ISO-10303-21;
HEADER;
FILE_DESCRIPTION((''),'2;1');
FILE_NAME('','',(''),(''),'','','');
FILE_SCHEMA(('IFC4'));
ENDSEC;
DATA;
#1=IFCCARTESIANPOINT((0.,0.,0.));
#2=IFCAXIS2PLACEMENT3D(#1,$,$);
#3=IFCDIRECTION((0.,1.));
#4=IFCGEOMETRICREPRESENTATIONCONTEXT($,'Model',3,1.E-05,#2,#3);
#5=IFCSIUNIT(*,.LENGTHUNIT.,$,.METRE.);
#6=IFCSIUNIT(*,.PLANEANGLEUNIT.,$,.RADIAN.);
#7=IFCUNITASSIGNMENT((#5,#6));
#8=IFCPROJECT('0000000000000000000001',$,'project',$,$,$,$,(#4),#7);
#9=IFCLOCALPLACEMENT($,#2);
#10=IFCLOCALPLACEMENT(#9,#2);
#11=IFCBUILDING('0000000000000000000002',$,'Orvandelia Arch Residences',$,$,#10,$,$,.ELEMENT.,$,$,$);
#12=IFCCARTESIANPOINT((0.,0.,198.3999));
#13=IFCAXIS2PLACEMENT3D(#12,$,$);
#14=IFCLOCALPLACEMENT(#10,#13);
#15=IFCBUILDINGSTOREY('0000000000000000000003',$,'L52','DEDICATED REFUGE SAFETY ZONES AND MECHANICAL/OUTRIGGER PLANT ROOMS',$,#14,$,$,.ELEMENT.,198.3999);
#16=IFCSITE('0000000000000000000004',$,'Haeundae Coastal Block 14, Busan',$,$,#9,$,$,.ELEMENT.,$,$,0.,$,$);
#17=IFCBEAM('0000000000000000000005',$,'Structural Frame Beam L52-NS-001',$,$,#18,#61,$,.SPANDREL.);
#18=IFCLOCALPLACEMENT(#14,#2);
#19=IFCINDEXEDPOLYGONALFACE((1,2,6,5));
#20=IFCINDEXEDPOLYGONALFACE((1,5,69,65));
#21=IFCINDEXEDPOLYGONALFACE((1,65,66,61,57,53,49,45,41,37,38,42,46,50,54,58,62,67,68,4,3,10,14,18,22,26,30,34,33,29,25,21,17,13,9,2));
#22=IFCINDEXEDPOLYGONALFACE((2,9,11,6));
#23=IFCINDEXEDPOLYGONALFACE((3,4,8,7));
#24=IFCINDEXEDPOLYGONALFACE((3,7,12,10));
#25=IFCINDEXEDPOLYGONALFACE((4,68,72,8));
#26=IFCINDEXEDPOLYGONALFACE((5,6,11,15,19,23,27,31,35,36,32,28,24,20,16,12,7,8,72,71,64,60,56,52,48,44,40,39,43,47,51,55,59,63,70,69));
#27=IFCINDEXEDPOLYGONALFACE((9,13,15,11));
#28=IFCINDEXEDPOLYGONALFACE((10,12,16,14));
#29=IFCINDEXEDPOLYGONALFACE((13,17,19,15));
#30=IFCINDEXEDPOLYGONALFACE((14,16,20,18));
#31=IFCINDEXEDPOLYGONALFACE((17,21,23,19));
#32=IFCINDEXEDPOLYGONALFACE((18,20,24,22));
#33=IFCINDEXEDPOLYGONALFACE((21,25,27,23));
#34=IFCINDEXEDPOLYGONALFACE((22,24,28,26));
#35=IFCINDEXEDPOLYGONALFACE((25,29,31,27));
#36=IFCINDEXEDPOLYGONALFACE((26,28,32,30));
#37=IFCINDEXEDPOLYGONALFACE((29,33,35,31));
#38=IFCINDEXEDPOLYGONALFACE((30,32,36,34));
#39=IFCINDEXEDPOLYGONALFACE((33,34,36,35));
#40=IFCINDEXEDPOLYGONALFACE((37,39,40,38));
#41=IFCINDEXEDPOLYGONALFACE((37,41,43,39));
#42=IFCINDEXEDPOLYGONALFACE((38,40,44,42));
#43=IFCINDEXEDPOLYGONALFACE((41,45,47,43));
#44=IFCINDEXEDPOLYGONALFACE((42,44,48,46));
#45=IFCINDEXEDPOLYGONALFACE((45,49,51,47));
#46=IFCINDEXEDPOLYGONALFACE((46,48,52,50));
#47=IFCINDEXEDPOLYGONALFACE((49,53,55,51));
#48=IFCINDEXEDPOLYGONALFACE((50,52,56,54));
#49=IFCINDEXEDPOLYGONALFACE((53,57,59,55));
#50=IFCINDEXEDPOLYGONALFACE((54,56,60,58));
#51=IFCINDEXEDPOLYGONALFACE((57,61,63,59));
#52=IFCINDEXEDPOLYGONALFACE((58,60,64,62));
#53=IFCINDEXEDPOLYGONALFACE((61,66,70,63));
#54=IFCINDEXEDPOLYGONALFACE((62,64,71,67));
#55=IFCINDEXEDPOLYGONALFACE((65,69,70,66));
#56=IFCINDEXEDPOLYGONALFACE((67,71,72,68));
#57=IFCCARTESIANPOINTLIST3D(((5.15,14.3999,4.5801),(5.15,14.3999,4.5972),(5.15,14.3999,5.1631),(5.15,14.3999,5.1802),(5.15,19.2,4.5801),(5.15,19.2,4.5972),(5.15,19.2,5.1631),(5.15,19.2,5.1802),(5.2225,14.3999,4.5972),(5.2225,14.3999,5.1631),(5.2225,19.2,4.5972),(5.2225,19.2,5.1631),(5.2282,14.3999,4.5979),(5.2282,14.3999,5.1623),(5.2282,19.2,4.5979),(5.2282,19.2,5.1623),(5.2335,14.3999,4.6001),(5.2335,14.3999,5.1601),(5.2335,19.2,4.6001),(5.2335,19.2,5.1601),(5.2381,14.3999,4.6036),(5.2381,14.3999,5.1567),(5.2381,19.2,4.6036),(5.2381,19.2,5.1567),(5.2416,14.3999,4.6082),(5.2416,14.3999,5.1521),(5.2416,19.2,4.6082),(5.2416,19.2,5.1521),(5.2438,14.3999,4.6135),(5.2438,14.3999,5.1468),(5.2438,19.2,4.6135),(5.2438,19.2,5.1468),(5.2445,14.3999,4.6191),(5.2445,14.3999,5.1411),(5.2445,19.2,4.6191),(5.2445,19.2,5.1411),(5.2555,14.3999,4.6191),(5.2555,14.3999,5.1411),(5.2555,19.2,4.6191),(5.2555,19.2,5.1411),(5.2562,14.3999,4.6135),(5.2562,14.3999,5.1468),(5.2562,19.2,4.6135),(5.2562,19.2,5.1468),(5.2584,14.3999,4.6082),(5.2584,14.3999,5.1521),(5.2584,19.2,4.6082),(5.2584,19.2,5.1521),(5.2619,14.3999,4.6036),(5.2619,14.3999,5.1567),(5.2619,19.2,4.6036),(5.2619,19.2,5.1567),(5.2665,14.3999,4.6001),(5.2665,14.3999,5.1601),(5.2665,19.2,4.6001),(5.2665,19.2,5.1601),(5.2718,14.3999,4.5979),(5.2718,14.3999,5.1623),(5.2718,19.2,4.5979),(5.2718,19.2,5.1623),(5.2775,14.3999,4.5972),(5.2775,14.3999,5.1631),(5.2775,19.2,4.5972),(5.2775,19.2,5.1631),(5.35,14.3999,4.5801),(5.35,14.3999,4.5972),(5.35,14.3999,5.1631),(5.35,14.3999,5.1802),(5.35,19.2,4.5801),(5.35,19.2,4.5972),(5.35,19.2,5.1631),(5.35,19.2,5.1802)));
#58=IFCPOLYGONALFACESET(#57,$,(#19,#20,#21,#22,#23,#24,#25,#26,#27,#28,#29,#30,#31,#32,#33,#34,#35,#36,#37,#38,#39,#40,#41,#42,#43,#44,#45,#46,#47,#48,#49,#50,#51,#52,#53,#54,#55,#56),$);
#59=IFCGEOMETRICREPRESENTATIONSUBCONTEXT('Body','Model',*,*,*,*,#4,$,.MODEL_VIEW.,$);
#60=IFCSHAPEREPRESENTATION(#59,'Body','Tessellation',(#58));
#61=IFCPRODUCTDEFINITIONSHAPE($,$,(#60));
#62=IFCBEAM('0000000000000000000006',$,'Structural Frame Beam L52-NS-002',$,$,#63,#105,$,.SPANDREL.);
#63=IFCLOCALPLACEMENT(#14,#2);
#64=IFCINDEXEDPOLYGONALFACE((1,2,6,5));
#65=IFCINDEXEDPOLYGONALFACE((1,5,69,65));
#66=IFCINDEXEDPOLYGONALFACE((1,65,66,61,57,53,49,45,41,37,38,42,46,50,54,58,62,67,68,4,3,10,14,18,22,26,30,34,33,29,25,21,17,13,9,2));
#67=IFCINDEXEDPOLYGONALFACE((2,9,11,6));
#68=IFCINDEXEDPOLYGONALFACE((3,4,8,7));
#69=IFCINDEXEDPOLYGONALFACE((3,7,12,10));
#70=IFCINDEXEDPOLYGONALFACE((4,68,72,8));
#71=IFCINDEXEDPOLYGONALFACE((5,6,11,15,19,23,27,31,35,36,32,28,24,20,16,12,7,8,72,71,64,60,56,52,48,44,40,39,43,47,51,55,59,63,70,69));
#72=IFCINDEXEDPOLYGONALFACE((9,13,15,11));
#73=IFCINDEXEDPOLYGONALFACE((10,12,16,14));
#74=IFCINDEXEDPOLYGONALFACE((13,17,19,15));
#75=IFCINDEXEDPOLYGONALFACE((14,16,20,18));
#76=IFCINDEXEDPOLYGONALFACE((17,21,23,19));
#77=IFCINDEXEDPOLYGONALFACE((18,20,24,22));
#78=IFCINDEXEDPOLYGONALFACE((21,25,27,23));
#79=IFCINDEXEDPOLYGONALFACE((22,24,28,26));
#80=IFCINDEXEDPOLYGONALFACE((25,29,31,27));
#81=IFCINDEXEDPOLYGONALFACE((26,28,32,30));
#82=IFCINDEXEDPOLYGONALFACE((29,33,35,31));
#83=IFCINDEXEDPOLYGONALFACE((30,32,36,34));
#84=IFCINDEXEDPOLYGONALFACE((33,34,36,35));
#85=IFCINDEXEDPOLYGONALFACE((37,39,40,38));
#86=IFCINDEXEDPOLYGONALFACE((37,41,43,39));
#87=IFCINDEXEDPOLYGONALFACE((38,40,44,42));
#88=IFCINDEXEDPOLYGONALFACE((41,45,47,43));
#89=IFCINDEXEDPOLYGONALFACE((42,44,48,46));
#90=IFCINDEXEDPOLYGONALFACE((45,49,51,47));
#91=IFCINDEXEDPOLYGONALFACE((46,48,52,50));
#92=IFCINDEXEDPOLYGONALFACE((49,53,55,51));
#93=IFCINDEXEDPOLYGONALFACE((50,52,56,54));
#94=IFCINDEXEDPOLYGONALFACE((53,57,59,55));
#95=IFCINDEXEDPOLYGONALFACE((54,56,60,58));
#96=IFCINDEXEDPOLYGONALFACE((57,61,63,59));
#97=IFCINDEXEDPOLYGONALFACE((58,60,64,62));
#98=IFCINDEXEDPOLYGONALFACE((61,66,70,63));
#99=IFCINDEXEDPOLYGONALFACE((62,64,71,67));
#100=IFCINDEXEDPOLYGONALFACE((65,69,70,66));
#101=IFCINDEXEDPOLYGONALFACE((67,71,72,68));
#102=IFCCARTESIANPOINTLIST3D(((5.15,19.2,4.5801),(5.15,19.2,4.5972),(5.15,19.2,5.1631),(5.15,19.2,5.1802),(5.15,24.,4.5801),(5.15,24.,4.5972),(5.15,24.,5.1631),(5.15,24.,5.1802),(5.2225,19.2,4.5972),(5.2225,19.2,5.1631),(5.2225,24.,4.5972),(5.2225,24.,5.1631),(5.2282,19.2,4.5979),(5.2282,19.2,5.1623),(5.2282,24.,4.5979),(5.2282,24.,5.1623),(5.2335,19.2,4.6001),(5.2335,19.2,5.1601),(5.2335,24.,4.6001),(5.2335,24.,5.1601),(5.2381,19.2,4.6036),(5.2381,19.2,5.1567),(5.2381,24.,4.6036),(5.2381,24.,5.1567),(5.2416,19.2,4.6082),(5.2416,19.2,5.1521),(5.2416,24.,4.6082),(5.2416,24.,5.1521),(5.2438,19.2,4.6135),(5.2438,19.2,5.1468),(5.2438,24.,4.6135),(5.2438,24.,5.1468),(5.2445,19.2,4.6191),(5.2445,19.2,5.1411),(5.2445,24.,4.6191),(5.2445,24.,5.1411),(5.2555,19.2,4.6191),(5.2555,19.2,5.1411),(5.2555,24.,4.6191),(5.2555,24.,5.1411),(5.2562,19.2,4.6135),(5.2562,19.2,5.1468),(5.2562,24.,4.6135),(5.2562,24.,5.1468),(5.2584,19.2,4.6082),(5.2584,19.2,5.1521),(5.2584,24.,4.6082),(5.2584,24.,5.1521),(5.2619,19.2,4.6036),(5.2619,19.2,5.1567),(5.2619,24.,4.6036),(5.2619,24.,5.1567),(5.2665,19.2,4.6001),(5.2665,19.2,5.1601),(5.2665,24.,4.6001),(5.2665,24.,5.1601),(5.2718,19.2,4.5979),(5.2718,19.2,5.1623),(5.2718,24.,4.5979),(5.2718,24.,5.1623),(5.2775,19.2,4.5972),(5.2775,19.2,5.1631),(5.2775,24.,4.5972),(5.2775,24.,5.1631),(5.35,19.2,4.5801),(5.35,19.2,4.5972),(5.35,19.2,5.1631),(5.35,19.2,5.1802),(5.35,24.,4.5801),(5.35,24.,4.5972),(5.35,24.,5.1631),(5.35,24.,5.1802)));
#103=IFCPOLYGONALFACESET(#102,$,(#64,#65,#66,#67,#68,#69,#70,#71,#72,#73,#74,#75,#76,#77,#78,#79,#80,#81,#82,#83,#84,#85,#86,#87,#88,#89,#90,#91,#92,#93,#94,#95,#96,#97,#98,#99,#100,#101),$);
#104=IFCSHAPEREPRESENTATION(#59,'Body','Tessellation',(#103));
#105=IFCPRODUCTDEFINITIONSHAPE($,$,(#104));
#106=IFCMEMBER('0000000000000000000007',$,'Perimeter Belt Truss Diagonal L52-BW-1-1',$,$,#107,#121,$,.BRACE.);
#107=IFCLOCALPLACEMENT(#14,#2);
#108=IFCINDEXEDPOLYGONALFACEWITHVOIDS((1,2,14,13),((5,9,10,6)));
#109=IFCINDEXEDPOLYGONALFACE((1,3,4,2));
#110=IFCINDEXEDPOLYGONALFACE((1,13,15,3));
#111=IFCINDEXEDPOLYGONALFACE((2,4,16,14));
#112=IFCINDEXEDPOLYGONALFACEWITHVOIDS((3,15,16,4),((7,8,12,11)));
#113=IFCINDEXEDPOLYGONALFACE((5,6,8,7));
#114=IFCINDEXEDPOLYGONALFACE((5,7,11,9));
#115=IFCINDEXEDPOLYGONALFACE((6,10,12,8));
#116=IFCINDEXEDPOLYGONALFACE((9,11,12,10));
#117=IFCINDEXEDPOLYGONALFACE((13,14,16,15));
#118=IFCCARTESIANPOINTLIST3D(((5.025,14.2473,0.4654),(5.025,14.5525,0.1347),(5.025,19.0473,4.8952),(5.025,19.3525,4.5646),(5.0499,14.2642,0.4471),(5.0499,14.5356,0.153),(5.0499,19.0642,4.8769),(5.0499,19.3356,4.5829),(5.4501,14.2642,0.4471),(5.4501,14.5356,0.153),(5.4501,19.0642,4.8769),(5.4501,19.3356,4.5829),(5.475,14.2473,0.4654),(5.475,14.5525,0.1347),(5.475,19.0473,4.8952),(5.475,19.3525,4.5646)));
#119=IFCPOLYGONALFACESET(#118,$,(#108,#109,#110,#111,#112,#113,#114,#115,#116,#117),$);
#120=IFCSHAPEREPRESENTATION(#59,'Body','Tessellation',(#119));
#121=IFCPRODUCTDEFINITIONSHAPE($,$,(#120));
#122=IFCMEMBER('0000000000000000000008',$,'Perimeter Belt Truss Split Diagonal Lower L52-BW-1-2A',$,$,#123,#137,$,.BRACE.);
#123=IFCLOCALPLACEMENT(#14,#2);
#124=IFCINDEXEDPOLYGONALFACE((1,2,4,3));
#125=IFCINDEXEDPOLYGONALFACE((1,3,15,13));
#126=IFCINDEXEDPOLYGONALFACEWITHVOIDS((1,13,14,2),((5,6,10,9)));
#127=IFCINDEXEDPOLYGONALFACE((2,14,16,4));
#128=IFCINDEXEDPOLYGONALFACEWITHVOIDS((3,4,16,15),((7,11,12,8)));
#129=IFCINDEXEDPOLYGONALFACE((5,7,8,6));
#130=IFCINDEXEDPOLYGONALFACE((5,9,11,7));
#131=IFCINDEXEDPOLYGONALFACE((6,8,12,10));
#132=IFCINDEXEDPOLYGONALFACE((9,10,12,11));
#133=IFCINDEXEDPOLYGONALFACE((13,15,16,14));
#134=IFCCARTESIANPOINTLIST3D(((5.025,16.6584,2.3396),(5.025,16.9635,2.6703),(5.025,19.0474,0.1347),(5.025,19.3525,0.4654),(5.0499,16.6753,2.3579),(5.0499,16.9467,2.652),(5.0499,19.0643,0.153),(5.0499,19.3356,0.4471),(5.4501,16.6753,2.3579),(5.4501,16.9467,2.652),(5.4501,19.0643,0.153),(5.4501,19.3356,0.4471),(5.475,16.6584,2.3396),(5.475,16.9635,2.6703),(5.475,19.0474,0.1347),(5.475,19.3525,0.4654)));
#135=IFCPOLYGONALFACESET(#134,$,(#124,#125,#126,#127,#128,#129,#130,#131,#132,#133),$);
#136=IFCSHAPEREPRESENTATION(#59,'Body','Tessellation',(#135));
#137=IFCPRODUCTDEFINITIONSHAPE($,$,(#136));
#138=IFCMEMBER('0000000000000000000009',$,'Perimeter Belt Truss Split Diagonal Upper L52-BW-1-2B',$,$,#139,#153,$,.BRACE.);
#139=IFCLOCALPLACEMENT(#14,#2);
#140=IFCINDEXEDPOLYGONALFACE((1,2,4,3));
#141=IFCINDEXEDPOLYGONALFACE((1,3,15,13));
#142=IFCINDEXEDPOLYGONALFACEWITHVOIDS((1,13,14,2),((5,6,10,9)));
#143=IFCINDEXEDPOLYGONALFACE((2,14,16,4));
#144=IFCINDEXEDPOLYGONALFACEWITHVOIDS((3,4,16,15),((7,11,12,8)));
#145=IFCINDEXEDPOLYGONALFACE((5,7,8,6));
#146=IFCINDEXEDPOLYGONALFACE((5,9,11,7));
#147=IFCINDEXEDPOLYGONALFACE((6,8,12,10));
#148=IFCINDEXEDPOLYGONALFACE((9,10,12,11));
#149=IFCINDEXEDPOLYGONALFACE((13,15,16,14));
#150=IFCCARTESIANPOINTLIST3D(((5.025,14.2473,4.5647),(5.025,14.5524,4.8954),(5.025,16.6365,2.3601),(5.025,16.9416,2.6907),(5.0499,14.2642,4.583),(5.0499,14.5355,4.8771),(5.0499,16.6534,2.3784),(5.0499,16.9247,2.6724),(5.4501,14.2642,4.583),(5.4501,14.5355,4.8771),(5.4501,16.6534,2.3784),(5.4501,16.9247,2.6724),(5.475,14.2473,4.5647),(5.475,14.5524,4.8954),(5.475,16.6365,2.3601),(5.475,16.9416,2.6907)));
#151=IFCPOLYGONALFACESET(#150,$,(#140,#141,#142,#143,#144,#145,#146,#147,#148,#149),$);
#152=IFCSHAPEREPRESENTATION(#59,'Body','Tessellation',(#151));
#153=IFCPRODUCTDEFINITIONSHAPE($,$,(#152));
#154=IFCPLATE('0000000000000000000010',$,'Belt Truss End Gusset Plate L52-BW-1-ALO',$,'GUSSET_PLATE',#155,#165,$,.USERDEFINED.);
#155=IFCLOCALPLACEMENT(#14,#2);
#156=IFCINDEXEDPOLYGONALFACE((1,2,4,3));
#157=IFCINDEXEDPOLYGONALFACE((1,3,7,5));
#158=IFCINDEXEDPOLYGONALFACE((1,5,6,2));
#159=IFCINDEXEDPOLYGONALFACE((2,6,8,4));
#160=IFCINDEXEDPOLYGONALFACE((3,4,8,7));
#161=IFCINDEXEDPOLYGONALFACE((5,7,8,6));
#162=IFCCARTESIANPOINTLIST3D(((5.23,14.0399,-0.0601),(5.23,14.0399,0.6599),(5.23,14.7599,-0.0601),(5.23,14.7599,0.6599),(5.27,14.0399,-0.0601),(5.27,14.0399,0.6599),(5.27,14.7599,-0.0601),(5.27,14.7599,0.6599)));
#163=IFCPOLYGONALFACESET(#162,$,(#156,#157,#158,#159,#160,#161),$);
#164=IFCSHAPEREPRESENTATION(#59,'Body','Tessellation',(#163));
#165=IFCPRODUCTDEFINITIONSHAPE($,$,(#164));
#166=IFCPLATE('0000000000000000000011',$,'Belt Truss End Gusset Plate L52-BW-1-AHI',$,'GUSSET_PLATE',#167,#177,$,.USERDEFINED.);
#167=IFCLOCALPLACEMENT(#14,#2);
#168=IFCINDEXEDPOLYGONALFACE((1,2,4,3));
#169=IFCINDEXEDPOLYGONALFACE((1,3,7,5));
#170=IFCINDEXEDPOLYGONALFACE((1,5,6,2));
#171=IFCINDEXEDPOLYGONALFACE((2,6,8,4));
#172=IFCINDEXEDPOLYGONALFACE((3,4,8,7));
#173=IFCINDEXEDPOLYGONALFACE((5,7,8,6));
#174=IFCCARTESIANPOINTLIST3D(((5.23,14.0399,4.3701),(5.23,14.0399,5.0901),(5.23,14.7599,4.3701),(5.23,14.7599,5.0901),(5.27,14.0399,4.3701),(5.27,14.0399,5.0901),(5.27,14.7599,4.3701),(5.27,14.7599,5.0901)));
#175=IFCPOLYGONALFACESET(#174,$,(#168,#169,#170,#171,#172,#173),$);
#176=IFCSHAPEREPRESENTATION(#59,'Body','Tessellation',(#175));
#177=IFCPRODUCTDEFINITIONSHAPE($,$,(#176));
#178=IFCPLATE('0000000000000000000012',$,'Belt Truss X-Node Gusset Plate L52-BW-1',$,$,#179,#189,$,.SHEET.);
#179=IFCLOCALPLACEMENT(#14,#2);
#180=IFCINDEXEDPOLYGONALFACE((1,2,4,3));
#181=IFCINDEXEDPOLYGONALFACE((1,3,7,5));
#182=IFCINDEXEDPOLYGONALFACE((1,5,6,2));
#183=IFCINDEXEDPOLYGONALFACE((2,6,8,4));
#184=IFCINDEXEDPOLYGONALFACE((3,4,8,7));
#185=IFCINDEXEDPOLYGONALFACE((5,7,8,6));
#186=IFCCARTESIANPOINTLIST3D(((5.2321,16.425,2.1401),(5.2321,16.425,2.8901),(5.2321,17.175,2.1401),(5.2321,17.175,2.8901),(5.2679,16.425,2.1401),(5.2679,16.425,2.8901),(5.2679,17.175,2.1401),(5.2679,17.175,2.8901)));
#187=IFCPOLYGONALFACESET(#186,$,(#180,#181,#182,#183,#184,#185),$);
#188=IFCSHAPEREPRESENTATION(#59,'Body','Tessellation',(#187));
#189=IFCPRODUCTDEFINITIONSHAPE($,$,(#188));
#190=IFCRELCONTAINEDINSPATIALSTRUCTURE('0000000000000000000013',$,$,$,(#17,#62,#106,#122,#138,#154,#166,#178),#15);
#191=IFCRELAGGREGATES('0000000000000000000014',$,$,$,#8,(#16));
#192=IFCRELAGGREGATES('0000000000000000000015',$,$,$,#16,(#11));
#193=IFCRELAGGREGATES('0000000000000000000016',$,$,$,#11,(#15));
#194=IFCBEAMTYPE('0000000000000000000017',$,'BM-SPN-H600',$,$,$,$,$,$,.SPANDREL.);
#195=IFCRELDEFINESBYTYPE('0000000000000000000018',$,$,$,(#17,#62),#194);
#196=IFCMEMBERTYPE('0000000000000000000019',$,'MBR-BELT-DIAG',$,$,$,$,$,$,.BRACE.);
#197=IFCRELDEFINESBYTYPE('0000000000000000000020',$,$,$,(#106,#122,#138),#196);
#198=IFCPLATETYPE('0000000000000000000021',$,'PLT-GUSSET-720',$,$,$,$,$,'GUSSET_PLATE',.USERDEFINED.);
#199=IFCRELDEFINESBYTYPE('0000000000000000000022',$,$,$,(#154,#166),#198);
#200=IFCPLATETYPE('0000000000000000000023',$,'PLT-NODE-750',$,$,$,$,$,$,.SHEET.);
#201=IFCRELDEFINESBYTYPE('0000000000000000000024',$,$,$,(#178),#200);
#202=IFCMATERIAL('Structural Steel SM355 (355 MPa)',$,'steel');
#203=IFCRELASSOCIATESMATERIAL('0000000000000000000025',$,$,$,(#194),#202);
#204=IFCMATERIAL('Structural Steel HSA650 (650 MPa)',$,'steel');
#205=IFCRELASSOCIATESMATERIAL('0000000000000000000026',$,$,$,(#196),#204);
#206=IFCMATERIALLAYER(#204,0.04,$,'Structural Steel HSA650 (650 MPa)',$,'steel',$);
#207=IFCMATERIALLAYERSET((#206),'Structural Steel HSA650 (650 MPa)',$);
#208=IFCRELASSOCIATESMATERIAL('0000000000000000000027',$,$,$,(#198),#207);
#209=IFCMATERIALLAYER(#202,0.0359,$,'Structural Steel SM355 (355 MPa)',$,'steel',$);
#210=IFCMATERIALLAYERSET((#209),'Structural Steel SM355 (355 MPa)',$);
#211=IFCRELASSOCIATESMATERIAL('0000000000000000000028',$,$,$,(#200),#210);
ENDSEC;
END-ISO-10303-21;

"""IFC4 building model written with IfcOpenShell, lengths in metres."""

from ifc_helpers import new_model, si_unit, direction, frame, origin, origin_2d, place, context, subcontext, project, spatial, rectangle, hollow_rectangle, i_section, extrude, material, layer, layer_set, material_profile, profile_set, type_object, element, save


model = new_model("IFC4")

# Units and contexts
model_context = context("Model", 3, precision=1e-05, world=origin(), true_north=direction((0.0, 1.0)))
body_context = subcontext(model_context, "Body", "Model", "MODEL_VIEW")
ifc_project = project(units=[si_unit("LENGTHUNIT", "METRE"), si_unit("PLANEANGLEUNIT", "RADIAN")], contexts=[model_context])

# Site, building, storey
site_placement = place(None, origin())
site = spatial("IfcSite", under=ifc_project, at=site_placement, Name="Haeundae Coastal Block 14, Busan", CompositionType="ELEMENT", RefElevation=0.0)
building_placement = place(site_placement, origin())
building = spatial("IfcBuilding", under=site, at=building_placement, Name="Orvandelia Arch Residences", CompositionType="ELEMENT")
storey_placement = place(building_placement, frame((0.0, 0.0, 198.3999)))
storey = spatial("IfcBuildingStorey", under=building, at=storey_placement, Name="L52", Description="DEDICATED REFUGE SAFETY ZONES AND MECHANICAL/OUTRIGGER PLANT ROOMS", CompositionType="ELEMENT", Elevation=198.3999)

# Beams
ifc_material_1 = material(Name="Structural Steel SM355 (355 MPa)", Category="steel")
ifc_material_profile_1 = material_profile(ifc_material_1, i_section(OverallWidth=0.2, OverallDepth=0.6001, WebThickness=0.011, FlangeThickness=0.0171, FilletRadius=0.022, at=origin_2d()), Name="Structural Steel SM355 (355 MPa)", Category="steel")
ifc_profile_set_1 = profile_set([ifc_material_profile_1], Name="Structural Steel SM355 (355 MPa)")
beam_type_1 = type_object("IfcBeamType", Name="BM-SPN-H600", PredefinedType="SPANDREL", material=ifc_profile_set_1)
for number, where, z_axis, x_axis, name in (
    (1, (5.25, 14.3999, 4.8801), (0.0, 1.0, 0.0), (-1.0, 0.0, 0.0), "Structural Frame Beam L52-NS-001"),
    (2, (5.25, 19.2, 4.8801), (0.0, 1.0, 0.0), (-1.0, 0.0, 0.0), "Structural Frame Beam L52-NS-002"),
):
    element("IfcBeam", number, at=place(storey_placement, frame(where, z_axis=z_axis, x_axis=x_axis)), inside=storey, type_object=beam_type_1, Name=name, PredefinedType="SPANDREL", context=body_context, shape_type="SweptSolid", body=[
        extrude(i_section(OverallWidth=0.2, OverallDepth=0.6001, WebThickness=0.011, FlangeThickness=0.0171, FilletRadius=0.022, at=origin_2d()), origin(), (0.0, 0.0, 1.0), 4.8),
    ])

# Members
ifc_material_2 = material(Name="Structural Steel HSA650 (650 MPa)", Category="steel")
ifc_material_profile_2 = material_profile(ifc_material_2, hollow_rectangle(XDim=0.45, YDim=0.45, WallThickness=0.0249, at=origin_2d()), Name="Structural Steel HSA650 (650 MPa)", Category="steel")
ifc_profile_set_2 = profile_set([ifc_material_profile_2], Name="Structural Steel HSA650 (650 MPa)")
member_type = type_object("IfcMemberType", Name="MBR-BELT-DIAG", PredefinedType="BRACE", material=ifc_profile_set_2)
member_placement = place(storey_placement, frame((5.25, 14.3999, 0.3), z_axis=(0.0, 0.734871, 0.678207), x_axis=(-1.0, 0.0, 0.0)))
element("IfcMember", 3, at=member_placement, inside=storey, type_object=member_type, Name="Perimeter Belt Truss Diagonal L52-BW-1-1", PredefinedType="BRACE", context=body_context, shape_type="SweptSolid", body=[
    extrude(hollow_rectangle(XDim=0.45, YDim=0.45, WallThickness=0.0249, at=origin_2d()), origin(), (0.0, 0.0, 1.0), 6.5317),
])
for number, where, z_axis, x_axis, name in (
    (4, (5.25, 19.2, 0.3), (0.0, -0.734852, 0.678227), (1.0, 0.0, 0.0), "Perimeter Belt Truss Split Diagonal Lower L52-BW-1-2A"),
    (5, (5.25, 16.7891, 2.5254), (0.0, -0.734924, 0.678149), (1.0, 0.0, 0.0), "Perimeter Belt Truss Split Diagonal Upper L52-BW-1-2B"),
):
    element("IfcMember", number, at=place(storey_placement, frame(where, z_axis=z_axis, x_axis=x_axis)), inside=storey, type_object=member_type, Name=name, PredefinedType="BRACE", context=body_context, shape_type="SweptSolid", body=[
        extrude(hollow_rectangle(XDim=0.45, YDim=0.45, WallThickness=0.0249, at=origin_2d()), origin(), (0.0, 0.0, 1.0), 3.251),
    ])

# Plates
ifc_layer_1 = layer(ifc_material_2, 0.04, Name="Structural Steel HSA650 (650 MPa)", Category="steel")
ifc_layer_set_1 = layer_set([ifc_layer_1], Name="Structural Steel HSA650 (650 MPa)")
plate_type_1 = type_object("IfcPlateType", Name="PLT-GUSSET-720", ElementType="GUSSET_PLATE", PredefinedType="USERDEFINED", material=ifc_layer_set_1)
for number, where, z_axis, x_axis, name in (
    (6, (5.25, 14.3999, -0.0601), (0.0, 0.0, 1.0), (0.0, 1.0, 0.0), "Belt Truss End Gusset Plate L52-BW-1-ALO"),
    (7, (5.25, 14.3999, 4.3701), (0.0, 0.0, 1.0), (0.0, 1.0, 0.0), "Belt Truss End Gusset Plate L52-BW-1-AHI"),
):
    element("IfcPlate", number, at=place(storey_placement, frame(where, z_axis=z_axis, x_axis=x_axis)), inside=storey, type_object=plate_type_1, Name=name, ObjectType="GUSSET_PLATE", PredefinedType="USERDEFINED", context=body_context, shape_type="SweptSolid", body=[
        extrude(rectangle(XDim=0.72, YDim=0.04, at=origin_2d()), origin(), (0.0, 0.0, 1.0), 0.72),
    ])
ifc_layer_2 = layer(ifc_material_1, 0.0359, Name="Structural Steel SM355 (355 MPa)", Category="steel")
ifc_layer_set_2 = layer_set([ifc_layer_2], Name="Structural Steel SM355 (355 MPa)")
plate_type_2 = type_object("IfcPlateType", Name="PLT-NODE-750", PredefinedType="SHEET", material=ifc_layer_set_2)
plate_placement = place(storey_placement, frame((5.25, 16.8, 2.1401), z_axis=(0.0, 0.0, 1.0), x_axis=(0.0, 1.0, 0.0)))
element("IfcPlate", 8, at=plate_placement, inside=storey, type_object=plate_type_2, Name="Belt Truss X-Node Gusset Plate L52-BW-1", PredefinedType="SHEET", context=body_context, shape_type="SweptSolid", body=[
    extrude(rectangle(XDim=0.75, YDim=0.0359, at=origin_2d()), origin(), (0.0, 0.0, 1.0), 0.75),
])

save(model, "model.ifc")
